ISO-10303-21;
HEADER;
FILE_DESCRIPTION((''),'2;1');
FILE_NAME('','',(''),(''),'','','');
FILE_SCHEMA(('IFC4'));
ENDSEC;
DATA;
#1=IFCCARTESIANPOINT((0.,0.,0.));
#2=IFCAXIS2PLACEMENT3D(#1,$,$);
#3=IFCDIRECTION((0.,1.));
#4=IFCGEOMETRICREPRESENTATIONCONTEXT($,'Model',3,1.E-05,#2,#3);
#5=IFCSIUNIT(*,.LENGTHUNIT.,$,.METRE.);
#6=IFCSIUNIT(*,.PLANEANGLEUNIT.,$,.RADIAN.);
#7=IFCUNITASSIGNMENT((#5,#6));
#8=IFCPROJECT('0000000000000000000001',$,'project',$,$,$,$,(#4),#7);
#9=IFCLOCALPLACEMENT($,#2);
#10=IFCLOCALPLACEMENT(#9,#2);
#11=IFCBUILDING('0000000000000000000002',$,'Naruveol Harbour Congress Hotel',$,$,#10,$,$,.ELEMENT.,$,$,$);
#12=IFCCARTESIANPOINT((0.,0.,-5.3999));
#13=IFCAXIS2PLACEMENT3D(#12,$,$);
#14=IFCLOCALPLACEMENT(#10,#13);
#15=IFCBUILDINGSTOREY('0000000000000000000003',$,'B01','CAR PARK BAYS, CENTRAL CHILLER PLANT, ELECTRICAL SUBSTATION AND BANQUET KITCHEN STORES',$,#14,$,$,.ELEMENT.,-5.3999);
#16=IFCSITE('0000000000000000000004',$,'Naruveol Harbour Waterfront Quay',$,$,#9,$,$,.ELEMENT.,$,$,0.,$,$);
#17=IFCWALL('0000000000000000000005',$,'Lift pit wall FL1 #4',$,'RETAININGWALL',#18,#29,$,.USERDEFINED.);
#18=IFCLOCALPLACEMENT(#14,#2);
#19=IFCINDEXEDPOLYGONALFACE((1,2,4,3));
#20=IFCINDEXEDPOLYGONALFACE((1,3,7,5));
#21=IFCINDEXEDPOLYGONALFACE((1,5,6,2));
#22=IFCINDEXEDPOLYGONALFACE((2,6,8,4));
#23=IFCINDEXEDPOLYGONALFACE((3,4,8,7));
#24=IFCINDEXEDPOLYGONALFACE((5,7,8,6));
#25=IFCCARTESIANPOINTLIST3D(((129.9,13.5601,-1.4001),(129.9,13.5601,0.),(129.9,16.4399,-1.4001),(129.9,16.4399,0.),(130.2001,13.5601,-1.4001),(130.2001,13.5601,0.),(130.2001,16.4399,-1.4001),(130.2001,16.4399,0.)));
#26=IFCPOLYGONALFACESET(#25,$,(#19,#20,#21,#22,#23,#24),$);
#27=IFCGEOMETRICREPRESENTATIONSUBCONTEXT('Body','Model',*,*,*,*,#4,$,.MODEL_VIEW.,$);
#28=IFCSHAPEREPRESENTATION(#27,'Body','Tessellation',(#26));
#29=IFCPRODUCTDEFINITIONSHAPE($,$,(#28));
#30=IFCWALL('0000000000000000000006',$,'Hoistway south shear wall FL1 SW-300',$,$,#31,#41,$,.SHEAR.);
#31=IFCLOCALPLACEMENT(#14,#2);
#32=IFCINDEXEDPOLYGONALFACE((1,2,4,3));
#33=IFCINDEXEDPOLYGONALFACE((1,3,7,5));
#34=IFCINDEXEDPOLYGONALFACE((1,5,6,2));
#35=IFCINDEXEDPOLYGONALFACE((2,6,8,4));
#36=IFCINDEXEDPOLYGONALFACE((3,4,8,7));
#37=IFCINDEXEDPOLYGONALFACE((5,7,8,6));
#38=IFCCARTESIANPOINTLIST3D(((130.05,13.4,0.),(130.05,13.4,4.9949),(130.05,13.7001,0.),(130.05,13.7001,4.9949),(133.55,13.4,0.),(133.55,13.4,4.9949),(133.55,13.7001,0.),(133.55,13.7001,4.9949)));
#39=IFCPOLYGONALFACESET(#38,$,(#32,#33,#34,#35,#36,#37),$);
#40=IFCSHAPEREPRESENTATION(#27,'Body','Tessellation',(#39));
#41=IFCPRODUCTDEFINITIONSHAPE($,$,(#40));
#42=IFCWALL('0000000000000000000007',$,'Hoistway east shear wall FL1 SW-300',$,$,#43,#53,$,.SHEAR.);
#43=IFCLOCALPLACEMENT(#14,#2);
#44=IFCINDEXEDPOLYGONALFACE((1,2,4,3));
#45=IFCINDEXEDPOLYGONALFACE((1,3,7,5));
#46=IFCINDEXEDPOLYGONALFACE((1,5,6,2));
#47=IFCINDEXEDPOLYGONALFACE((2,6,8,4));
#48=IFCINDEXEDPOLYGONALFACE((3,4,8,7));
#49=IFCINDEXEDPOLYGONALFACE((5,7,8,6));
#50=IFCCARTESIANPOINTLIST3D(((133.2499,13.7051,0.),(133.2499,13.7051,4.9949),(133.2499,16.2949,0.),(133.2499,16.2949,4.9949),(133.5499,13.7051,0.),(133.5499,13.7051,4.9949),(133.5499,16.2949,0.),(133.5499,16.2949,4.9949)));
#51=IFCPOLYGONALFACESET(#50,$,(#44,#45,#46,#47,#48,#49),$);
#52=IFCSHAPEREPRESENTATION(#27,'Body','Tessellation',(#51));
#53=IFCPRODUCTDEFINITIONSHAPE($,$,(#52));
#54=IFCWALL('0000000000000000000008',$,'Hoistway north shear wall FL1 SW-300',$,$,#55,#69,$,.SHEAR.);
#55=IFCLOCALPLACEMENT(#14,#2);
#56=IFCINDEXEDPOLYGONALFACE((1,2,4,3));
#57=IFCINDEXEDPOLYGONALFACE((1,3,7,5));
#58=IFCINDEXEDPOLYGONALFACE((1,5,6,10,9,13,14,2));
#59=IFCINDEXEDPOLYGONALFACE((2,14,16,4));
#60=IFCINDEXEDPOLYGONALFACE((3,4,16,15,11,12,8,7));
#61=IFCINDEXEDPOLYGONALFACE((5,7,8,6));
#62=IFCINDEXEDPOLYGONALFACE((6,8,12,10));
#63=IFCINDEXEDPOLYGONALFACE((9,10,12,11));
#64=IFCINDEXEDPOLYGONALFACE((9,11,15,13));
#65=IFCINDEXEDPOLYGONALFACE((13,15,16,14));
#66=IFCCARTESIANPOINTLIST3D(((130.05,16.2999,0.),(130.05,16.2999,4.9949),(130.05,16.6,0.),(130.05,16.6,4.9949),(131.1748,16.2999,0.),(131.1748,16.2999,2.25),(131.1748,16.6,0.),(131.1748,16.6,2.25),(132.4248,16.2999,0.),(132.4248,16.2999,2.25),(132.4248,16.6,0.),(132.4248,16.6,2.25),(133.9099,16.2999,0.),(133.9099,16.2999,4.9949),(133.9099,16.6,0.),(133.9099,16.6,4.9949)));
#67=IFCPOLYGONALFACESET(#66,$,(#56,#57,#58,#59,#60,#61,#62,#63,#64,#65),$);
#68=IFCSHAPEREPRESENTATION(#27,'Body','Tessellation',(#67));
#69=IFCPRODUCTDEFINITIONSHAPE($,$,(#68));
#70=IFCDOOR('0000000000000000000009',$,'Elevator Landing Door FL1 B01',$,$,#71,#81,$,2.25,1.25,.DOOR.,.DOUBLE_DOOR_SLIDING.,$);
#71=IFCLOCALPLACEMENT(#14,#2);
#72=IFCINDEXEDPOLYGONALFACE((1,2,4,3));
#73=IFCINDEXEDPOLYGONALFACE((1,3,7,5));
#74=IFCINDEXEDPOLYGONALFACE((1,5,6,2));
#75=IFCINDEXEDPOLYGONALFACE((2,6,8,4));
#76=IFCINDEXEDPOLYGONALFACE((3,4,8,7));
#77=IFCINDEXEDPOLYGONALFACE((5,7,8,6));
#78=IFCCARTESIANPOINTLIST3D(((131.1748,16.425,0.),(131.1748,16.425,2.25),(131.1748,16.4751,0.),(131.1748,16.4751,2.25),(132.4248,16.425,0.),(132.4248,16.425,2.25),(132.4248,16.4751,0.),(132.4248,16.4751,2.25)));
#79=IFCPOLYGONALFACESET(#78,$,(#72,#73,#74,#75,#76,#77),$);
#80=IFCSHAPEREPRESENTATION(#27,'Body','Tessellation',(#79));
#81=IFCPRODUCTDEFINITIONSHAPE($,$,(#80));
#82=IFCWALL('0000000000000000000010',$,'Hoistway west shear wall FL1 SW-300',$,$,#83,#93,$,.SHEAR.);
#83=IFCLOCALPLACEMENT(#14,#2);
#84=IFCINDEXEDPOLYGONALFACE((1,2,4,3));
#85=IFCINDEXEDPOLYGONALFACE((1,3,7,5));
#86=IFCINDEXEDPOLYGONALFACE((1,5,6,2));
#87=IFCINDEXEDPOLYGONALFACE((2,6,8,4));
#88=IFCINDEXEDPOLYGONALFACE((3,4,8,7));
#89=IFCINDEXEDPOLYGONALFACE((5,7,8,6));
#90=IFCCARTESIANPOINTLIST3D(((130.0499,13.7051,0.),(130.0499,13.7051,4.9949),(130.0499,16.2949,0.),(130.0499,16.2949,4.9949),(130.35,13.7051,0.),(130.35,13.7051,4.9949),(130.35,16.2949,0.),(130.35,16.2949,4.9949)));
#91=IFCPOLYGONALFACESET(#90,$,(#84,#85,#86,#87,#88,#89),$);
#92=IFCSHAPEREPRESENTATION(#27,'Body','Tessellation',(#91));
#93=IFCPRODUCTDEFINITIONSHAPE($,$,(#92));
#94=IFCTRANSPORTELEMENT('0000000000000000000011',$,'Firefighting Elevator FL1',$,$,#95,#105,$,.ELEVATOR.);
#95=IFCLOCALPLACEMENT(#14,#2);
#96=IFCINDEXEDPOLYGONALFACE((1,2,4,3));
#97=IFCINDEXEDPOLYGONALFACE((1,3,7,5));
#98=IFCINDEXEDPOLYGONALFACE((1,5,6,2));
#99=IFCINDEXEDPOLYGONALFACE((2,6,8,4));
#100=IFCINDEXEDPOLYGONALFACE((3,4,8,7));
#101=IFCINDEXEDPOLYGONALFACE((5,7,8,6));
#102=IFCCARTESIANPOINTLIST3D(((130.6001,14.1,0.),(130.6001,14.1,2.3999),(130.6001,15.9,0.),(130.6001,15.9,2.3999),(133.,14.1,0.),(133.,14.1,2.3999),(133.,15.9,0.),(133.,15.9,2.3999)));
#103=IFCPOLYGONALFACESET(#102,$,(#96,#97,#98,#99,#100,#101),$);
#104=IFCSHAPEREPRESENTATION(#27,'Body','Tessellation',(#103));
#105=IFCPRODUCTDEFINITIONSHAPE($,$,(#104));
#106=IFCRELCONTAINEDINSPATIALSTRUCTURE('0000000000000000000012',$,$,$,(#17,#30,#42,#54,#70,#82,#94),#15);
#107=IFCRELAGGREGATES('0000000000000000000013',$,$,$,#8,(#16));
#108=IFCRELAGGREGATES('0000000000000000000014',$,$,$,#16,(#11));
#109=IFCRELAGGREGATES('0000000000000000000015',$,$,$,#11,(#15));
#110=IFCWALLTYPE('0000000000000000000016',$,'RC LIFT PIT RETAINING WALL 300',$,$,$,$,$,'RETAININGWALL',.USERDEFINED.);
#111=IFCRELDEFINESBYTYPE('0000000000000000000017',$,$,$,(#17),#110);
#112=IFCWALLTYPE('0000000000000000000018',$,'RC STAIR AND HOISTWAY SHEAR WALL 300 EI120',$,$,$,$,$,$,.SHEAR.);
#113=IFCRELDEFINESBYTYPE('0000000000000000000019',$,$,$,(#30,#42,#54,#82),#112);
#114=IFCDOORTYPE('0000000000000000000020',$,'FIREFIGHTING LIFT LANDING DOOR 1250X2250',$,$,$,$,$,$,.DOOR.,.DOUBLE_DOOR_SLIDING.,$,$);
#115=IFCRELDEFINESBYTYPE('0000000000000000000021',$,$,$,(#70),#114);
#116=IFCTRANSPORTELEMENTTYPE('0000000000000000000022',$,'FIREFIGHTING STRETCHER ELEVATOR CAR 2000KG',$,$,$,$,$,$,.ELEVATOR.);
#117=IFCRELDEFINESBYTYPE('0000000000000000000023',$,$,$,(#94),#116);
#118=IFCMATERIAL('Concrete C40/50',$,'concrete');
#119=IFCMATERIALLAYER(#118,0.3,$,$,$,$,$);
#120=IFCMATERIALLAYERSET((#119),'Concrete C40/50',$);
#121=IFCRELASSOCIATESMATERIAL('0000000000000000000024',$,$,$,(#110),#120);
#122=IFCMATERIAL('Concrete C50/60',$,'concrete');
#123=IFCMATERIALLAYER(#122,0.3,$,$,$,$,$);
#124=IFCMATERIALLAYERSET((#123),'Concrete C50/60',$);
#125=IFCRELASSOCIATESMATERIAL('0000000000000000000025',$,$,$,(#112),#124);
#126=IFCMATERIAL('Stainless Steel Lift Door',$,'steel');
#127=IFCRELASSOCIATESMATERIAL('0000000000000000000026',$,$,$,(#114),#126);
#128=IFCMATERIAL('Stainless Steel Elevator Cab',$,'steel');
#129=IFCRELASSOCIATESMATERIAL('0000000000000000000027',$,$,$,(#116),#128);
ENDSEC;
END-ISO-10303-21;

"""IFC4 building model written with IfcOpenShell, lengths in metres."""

from ifc_helpers import new_model, si_unit, direction, frame, frame_2d, origin, origin_2d, place, context, subcontext, project, spatial, rectangle, extrude, material, layer, layer_set, type_object, element, fill, save


model = new_model("IFC4")

# Units and contexts
model_context = context("Model", 3, precision=1e-05, world=origin(), true_north=direction((0.0, 1.0)))
body_context = subcontext(model_context, "Body", "Model", "MODEL_VIEW")
ifc_project = project(units=[si_unit("LENGTHUNIT", "METRE"), si_unit("PLANEANGLEUNIT", "RADIAN")], contexts=[model_context])

# Site, building, storey
site_placement = place(None, origin())
site = spatial("IfcSite", under=ifc_project, at=site_placement, Name="Naruveol Harbour Waterfront Quay", CompositionType="ELEMENT", RefElevation=0.0)
building_placement = place(site_placement, origin())
building = spatial("IfcBuilding", under=site, at=building_placement, Name="Naruveol Harbour Congress Hotel", CompositionType="ELEMENT")
storey_placement = place(building_placement, frame((0.0, 0.0, -5.3999)))
storey = spatial("IfcBuildingStorey", under=building, at=storey_placement, Name="B01", Description="CAR PARK BAYS, CENTRAL CHILLER PLANT, ELECTRICAL SUBSTATION AND BANQUET KITCHEN STORES", CompositionType="ELEMENT", Elevation=-5.3999)

# Walls
ifc_material_1 = material(Name="Concrete C40/50", Category="concrete")
ifc_layer_1 = layer(ifc_material_1, 0.3)
ifc_layer_set_1 = layer_set([ifc_layer_1], Name="Concrete C40/50")
wall_type_1 = type_object("IfcWallType", Name="RC LIFT PIT RETAINING WALL 300", ElementType="RETAININGWALL", PredefinedType="USERDEFINED", material=ifc_layer_set_1)
wall_1_placement = place(storey_placement, frame((130.05, 16.4399, -1.4001), z_axis=(0.0, 0.0, 1.0), x_axis=(0.0, -1.0, 0.0)))
element("IfcWall", 1, at=wall_1_placement, inside=storey, type_object=wall_type_1, Name="Lift pit wall FL1 #4", ObjectType="RETAININGWALL", PredefinedType="USERDEFINED", context=body_context, shape_type="SweptSolid", body=[
    extrude(rectangle(XDim=2.8799, YDim=0.3, at=frame_2d((1.4399, 0.0))), origin(), (0.0, 0.0, 1.0), 1.4001),
])
ifc_material_2 = material(Name="Concrete C50/60", Category="concrete")
ifc_layer_2 = layer(ifc_material_2, 0.3)
ifc_layer_set_2 = layer_set([ifc_layer_2], Name="Concrete C50/60")
wall_type_2 = type_object("IfcWallType", Name="RC STAIR AND HOISTWAY SHEAR WALL 300 EI120", PredefinedType="SHEAR", material=ifc_layer_set_2)
wall_2_placement = place(storey_placement, frame((130.05, 13.55, 0.0), z_axis=(0.0, 0.0, 1.0), x_axis=(1.0, 0.0, 0.0)))
element("IfcWall", 2, at=wall_2_placement, inside=storey, type_object=wall_type_2, Name="Hoistway south shear wall FL1 SW-300", PredefinedType="SHEAR", context=body_context, shape_type="SweptSolid", body=[
    extrude(rectangle(XDim=3.5, YDim=0.3, at=frame_2d((1.75, 0.0))), origin(), (0.0, 0.0, 1.0), 4.9949),
])
wall_3_placement = place(storey_placement, frame((133.3999, 13.7051, 0.0), z_axis=(0.0, 0.0, 1.0), x_axis=(0.0, 1.0, 0.0)))
element("IfcWall", 3, at=wall_3_placement, inside=storey, type_object=wall_type_2, Name="Hoistway east shear wall FL1 SW-300", PredefinedType="SHEAR", context=body_context, shape_type="SweptSolid", body=[
    extrude(rectangle(XDim=2.5898, YDim=0.3, at=frame_2d((1.2949, 0.0))), origin(), (0.0, 0.0, 1.0), 4.9949),
])

# Wall, opening, door
wall_4_placement = place(storey_placement, frame((133.9099, 16.45, 0.0), z_axis=(0.0, 0.0, 1.0), x_axis=(-1.0, 0.0, 0.0)))
wall_4 = element("IfcWall", 4, at=wall_4_placement, inside=storey, type_object=wall_type_2, Name="Hoistway north shear wall FL1 SW-300", PredefinedType="SHEAR", context=body_context, shape_type="SweptSolid", body=[
    extrude(rectangle(XDim=3.8599, YDim=0.3, at=frame_2d((1.9299, 0.0))), origin(), (0.0, 0.0, 1.0), 4.9949),
])
opening_1_placement = place(wall_4_placement, frame((1.4851, 0.0, 0.0)))
opening_1 = element("IfcOpeningElement", 5, at=opening_1_placement, cuts=wall_4, PredefinedType="OPENING", context=body_context, shape_type="SweptSolid", body=[
    extrude(rectangle(XDim=1.25, YDim=2.25, at=frame_2d((0.625, 1.125))), frame((0.0, 0.1599, 0.0), z_axis=(0.0, -1.0, 0.0), x_axis=(1.0, 0.0, 0.0)), (0.0, 0.0, 1.0), 0.3201),
])
ifc_material_3 = material(Name="Stainless Steel Lift Door", Category="steel")
door_type_1 = type_object("IfcDoorType", Name="FIREFIGHTING LIFT LANDING DOOR 1250X2250", OperationType="DOUBLE_DOOR_SLIDING", PredefinedType="DOOR", material=ifc_material_3)
door_1_placement = place(opening_1_placement, origin())
door_1 = element("IfcDoor", 6, at=door_1_placement, inside=storey, type_object=door_type_1, Name="Elevator Landing Door FL1 B01", OperationType="DOUBLE_DOOR_SLIDING", OverallHeight=2.25, OverallWidth=1.25, PredefinedType="DOOR", context=body_context, shape_type="SweptSolid", body=[
    extrude(rectangle(XDim=1.25, YDim=2.25, at=frame_2d((0.625, 1.125))), frame((0.0, 0.0249, 0.0), z_axis=(0.0, -1.0, 0.0), x_axis=(1.0, 0.0, 0.0)), (0.0, 0.0, 1.0), 0.05),
])
fill(opening_1, door_1)

# Wall
wall_5_placement = place(storey_placement, frame((130.2, 16.2949, 0.0), z_axis=(0.0, 0.0, 1.0), x_axis=(0.0, -1.0, 0.0)))
element("IfcWall", 7, at=wall_5_placement, inside=storey, type_object=wall_type_2, Name="Hoistway west shear wall FL1 SW-300", PredefinedType="SHEAR", context=body_context, shape_type="SweptSolid", body=[
    extrude(rectangle(XDim=2.5898, YDim=0.3, at=frame_2d((1.2949, 0.0))), origin(), (0.0, 0.0, 1.0), 4.9949),
])

# Transport element
ifc_material_4 = material(Name="Stainless Steel Elevator Cab", Category="steel")
transport_element_type = type_object("IfcTransportElementType", Name="FIREFIGHTING STRETCHER ELEVATOR CAR 2000KG", PredefinedType="ELEVATOR", material=ifc_material_4)
transport_element_placement = place(storey_placement, frame((131.8, 15.0, 0.0), z_axis=(0.0, 0.0, 1.0), x_axis=(1.0, 0.0, 0.0)))
element("IfcTransportElement", 8, at=transport_element_placement, inside=storey, type_object=transport_element_type, Name="Firefighting Elevator FL1", PredefinedType="ELEVATOR", context=body_context, shape_type="SweptSolid", body=[
    extrude(rectangle(XDim=2.3999, YDim=1.8, at=origin_2d()), origin(), (0.0, 0.0, 1.0), 2.3999),
])

save(model, "model.ifc")
